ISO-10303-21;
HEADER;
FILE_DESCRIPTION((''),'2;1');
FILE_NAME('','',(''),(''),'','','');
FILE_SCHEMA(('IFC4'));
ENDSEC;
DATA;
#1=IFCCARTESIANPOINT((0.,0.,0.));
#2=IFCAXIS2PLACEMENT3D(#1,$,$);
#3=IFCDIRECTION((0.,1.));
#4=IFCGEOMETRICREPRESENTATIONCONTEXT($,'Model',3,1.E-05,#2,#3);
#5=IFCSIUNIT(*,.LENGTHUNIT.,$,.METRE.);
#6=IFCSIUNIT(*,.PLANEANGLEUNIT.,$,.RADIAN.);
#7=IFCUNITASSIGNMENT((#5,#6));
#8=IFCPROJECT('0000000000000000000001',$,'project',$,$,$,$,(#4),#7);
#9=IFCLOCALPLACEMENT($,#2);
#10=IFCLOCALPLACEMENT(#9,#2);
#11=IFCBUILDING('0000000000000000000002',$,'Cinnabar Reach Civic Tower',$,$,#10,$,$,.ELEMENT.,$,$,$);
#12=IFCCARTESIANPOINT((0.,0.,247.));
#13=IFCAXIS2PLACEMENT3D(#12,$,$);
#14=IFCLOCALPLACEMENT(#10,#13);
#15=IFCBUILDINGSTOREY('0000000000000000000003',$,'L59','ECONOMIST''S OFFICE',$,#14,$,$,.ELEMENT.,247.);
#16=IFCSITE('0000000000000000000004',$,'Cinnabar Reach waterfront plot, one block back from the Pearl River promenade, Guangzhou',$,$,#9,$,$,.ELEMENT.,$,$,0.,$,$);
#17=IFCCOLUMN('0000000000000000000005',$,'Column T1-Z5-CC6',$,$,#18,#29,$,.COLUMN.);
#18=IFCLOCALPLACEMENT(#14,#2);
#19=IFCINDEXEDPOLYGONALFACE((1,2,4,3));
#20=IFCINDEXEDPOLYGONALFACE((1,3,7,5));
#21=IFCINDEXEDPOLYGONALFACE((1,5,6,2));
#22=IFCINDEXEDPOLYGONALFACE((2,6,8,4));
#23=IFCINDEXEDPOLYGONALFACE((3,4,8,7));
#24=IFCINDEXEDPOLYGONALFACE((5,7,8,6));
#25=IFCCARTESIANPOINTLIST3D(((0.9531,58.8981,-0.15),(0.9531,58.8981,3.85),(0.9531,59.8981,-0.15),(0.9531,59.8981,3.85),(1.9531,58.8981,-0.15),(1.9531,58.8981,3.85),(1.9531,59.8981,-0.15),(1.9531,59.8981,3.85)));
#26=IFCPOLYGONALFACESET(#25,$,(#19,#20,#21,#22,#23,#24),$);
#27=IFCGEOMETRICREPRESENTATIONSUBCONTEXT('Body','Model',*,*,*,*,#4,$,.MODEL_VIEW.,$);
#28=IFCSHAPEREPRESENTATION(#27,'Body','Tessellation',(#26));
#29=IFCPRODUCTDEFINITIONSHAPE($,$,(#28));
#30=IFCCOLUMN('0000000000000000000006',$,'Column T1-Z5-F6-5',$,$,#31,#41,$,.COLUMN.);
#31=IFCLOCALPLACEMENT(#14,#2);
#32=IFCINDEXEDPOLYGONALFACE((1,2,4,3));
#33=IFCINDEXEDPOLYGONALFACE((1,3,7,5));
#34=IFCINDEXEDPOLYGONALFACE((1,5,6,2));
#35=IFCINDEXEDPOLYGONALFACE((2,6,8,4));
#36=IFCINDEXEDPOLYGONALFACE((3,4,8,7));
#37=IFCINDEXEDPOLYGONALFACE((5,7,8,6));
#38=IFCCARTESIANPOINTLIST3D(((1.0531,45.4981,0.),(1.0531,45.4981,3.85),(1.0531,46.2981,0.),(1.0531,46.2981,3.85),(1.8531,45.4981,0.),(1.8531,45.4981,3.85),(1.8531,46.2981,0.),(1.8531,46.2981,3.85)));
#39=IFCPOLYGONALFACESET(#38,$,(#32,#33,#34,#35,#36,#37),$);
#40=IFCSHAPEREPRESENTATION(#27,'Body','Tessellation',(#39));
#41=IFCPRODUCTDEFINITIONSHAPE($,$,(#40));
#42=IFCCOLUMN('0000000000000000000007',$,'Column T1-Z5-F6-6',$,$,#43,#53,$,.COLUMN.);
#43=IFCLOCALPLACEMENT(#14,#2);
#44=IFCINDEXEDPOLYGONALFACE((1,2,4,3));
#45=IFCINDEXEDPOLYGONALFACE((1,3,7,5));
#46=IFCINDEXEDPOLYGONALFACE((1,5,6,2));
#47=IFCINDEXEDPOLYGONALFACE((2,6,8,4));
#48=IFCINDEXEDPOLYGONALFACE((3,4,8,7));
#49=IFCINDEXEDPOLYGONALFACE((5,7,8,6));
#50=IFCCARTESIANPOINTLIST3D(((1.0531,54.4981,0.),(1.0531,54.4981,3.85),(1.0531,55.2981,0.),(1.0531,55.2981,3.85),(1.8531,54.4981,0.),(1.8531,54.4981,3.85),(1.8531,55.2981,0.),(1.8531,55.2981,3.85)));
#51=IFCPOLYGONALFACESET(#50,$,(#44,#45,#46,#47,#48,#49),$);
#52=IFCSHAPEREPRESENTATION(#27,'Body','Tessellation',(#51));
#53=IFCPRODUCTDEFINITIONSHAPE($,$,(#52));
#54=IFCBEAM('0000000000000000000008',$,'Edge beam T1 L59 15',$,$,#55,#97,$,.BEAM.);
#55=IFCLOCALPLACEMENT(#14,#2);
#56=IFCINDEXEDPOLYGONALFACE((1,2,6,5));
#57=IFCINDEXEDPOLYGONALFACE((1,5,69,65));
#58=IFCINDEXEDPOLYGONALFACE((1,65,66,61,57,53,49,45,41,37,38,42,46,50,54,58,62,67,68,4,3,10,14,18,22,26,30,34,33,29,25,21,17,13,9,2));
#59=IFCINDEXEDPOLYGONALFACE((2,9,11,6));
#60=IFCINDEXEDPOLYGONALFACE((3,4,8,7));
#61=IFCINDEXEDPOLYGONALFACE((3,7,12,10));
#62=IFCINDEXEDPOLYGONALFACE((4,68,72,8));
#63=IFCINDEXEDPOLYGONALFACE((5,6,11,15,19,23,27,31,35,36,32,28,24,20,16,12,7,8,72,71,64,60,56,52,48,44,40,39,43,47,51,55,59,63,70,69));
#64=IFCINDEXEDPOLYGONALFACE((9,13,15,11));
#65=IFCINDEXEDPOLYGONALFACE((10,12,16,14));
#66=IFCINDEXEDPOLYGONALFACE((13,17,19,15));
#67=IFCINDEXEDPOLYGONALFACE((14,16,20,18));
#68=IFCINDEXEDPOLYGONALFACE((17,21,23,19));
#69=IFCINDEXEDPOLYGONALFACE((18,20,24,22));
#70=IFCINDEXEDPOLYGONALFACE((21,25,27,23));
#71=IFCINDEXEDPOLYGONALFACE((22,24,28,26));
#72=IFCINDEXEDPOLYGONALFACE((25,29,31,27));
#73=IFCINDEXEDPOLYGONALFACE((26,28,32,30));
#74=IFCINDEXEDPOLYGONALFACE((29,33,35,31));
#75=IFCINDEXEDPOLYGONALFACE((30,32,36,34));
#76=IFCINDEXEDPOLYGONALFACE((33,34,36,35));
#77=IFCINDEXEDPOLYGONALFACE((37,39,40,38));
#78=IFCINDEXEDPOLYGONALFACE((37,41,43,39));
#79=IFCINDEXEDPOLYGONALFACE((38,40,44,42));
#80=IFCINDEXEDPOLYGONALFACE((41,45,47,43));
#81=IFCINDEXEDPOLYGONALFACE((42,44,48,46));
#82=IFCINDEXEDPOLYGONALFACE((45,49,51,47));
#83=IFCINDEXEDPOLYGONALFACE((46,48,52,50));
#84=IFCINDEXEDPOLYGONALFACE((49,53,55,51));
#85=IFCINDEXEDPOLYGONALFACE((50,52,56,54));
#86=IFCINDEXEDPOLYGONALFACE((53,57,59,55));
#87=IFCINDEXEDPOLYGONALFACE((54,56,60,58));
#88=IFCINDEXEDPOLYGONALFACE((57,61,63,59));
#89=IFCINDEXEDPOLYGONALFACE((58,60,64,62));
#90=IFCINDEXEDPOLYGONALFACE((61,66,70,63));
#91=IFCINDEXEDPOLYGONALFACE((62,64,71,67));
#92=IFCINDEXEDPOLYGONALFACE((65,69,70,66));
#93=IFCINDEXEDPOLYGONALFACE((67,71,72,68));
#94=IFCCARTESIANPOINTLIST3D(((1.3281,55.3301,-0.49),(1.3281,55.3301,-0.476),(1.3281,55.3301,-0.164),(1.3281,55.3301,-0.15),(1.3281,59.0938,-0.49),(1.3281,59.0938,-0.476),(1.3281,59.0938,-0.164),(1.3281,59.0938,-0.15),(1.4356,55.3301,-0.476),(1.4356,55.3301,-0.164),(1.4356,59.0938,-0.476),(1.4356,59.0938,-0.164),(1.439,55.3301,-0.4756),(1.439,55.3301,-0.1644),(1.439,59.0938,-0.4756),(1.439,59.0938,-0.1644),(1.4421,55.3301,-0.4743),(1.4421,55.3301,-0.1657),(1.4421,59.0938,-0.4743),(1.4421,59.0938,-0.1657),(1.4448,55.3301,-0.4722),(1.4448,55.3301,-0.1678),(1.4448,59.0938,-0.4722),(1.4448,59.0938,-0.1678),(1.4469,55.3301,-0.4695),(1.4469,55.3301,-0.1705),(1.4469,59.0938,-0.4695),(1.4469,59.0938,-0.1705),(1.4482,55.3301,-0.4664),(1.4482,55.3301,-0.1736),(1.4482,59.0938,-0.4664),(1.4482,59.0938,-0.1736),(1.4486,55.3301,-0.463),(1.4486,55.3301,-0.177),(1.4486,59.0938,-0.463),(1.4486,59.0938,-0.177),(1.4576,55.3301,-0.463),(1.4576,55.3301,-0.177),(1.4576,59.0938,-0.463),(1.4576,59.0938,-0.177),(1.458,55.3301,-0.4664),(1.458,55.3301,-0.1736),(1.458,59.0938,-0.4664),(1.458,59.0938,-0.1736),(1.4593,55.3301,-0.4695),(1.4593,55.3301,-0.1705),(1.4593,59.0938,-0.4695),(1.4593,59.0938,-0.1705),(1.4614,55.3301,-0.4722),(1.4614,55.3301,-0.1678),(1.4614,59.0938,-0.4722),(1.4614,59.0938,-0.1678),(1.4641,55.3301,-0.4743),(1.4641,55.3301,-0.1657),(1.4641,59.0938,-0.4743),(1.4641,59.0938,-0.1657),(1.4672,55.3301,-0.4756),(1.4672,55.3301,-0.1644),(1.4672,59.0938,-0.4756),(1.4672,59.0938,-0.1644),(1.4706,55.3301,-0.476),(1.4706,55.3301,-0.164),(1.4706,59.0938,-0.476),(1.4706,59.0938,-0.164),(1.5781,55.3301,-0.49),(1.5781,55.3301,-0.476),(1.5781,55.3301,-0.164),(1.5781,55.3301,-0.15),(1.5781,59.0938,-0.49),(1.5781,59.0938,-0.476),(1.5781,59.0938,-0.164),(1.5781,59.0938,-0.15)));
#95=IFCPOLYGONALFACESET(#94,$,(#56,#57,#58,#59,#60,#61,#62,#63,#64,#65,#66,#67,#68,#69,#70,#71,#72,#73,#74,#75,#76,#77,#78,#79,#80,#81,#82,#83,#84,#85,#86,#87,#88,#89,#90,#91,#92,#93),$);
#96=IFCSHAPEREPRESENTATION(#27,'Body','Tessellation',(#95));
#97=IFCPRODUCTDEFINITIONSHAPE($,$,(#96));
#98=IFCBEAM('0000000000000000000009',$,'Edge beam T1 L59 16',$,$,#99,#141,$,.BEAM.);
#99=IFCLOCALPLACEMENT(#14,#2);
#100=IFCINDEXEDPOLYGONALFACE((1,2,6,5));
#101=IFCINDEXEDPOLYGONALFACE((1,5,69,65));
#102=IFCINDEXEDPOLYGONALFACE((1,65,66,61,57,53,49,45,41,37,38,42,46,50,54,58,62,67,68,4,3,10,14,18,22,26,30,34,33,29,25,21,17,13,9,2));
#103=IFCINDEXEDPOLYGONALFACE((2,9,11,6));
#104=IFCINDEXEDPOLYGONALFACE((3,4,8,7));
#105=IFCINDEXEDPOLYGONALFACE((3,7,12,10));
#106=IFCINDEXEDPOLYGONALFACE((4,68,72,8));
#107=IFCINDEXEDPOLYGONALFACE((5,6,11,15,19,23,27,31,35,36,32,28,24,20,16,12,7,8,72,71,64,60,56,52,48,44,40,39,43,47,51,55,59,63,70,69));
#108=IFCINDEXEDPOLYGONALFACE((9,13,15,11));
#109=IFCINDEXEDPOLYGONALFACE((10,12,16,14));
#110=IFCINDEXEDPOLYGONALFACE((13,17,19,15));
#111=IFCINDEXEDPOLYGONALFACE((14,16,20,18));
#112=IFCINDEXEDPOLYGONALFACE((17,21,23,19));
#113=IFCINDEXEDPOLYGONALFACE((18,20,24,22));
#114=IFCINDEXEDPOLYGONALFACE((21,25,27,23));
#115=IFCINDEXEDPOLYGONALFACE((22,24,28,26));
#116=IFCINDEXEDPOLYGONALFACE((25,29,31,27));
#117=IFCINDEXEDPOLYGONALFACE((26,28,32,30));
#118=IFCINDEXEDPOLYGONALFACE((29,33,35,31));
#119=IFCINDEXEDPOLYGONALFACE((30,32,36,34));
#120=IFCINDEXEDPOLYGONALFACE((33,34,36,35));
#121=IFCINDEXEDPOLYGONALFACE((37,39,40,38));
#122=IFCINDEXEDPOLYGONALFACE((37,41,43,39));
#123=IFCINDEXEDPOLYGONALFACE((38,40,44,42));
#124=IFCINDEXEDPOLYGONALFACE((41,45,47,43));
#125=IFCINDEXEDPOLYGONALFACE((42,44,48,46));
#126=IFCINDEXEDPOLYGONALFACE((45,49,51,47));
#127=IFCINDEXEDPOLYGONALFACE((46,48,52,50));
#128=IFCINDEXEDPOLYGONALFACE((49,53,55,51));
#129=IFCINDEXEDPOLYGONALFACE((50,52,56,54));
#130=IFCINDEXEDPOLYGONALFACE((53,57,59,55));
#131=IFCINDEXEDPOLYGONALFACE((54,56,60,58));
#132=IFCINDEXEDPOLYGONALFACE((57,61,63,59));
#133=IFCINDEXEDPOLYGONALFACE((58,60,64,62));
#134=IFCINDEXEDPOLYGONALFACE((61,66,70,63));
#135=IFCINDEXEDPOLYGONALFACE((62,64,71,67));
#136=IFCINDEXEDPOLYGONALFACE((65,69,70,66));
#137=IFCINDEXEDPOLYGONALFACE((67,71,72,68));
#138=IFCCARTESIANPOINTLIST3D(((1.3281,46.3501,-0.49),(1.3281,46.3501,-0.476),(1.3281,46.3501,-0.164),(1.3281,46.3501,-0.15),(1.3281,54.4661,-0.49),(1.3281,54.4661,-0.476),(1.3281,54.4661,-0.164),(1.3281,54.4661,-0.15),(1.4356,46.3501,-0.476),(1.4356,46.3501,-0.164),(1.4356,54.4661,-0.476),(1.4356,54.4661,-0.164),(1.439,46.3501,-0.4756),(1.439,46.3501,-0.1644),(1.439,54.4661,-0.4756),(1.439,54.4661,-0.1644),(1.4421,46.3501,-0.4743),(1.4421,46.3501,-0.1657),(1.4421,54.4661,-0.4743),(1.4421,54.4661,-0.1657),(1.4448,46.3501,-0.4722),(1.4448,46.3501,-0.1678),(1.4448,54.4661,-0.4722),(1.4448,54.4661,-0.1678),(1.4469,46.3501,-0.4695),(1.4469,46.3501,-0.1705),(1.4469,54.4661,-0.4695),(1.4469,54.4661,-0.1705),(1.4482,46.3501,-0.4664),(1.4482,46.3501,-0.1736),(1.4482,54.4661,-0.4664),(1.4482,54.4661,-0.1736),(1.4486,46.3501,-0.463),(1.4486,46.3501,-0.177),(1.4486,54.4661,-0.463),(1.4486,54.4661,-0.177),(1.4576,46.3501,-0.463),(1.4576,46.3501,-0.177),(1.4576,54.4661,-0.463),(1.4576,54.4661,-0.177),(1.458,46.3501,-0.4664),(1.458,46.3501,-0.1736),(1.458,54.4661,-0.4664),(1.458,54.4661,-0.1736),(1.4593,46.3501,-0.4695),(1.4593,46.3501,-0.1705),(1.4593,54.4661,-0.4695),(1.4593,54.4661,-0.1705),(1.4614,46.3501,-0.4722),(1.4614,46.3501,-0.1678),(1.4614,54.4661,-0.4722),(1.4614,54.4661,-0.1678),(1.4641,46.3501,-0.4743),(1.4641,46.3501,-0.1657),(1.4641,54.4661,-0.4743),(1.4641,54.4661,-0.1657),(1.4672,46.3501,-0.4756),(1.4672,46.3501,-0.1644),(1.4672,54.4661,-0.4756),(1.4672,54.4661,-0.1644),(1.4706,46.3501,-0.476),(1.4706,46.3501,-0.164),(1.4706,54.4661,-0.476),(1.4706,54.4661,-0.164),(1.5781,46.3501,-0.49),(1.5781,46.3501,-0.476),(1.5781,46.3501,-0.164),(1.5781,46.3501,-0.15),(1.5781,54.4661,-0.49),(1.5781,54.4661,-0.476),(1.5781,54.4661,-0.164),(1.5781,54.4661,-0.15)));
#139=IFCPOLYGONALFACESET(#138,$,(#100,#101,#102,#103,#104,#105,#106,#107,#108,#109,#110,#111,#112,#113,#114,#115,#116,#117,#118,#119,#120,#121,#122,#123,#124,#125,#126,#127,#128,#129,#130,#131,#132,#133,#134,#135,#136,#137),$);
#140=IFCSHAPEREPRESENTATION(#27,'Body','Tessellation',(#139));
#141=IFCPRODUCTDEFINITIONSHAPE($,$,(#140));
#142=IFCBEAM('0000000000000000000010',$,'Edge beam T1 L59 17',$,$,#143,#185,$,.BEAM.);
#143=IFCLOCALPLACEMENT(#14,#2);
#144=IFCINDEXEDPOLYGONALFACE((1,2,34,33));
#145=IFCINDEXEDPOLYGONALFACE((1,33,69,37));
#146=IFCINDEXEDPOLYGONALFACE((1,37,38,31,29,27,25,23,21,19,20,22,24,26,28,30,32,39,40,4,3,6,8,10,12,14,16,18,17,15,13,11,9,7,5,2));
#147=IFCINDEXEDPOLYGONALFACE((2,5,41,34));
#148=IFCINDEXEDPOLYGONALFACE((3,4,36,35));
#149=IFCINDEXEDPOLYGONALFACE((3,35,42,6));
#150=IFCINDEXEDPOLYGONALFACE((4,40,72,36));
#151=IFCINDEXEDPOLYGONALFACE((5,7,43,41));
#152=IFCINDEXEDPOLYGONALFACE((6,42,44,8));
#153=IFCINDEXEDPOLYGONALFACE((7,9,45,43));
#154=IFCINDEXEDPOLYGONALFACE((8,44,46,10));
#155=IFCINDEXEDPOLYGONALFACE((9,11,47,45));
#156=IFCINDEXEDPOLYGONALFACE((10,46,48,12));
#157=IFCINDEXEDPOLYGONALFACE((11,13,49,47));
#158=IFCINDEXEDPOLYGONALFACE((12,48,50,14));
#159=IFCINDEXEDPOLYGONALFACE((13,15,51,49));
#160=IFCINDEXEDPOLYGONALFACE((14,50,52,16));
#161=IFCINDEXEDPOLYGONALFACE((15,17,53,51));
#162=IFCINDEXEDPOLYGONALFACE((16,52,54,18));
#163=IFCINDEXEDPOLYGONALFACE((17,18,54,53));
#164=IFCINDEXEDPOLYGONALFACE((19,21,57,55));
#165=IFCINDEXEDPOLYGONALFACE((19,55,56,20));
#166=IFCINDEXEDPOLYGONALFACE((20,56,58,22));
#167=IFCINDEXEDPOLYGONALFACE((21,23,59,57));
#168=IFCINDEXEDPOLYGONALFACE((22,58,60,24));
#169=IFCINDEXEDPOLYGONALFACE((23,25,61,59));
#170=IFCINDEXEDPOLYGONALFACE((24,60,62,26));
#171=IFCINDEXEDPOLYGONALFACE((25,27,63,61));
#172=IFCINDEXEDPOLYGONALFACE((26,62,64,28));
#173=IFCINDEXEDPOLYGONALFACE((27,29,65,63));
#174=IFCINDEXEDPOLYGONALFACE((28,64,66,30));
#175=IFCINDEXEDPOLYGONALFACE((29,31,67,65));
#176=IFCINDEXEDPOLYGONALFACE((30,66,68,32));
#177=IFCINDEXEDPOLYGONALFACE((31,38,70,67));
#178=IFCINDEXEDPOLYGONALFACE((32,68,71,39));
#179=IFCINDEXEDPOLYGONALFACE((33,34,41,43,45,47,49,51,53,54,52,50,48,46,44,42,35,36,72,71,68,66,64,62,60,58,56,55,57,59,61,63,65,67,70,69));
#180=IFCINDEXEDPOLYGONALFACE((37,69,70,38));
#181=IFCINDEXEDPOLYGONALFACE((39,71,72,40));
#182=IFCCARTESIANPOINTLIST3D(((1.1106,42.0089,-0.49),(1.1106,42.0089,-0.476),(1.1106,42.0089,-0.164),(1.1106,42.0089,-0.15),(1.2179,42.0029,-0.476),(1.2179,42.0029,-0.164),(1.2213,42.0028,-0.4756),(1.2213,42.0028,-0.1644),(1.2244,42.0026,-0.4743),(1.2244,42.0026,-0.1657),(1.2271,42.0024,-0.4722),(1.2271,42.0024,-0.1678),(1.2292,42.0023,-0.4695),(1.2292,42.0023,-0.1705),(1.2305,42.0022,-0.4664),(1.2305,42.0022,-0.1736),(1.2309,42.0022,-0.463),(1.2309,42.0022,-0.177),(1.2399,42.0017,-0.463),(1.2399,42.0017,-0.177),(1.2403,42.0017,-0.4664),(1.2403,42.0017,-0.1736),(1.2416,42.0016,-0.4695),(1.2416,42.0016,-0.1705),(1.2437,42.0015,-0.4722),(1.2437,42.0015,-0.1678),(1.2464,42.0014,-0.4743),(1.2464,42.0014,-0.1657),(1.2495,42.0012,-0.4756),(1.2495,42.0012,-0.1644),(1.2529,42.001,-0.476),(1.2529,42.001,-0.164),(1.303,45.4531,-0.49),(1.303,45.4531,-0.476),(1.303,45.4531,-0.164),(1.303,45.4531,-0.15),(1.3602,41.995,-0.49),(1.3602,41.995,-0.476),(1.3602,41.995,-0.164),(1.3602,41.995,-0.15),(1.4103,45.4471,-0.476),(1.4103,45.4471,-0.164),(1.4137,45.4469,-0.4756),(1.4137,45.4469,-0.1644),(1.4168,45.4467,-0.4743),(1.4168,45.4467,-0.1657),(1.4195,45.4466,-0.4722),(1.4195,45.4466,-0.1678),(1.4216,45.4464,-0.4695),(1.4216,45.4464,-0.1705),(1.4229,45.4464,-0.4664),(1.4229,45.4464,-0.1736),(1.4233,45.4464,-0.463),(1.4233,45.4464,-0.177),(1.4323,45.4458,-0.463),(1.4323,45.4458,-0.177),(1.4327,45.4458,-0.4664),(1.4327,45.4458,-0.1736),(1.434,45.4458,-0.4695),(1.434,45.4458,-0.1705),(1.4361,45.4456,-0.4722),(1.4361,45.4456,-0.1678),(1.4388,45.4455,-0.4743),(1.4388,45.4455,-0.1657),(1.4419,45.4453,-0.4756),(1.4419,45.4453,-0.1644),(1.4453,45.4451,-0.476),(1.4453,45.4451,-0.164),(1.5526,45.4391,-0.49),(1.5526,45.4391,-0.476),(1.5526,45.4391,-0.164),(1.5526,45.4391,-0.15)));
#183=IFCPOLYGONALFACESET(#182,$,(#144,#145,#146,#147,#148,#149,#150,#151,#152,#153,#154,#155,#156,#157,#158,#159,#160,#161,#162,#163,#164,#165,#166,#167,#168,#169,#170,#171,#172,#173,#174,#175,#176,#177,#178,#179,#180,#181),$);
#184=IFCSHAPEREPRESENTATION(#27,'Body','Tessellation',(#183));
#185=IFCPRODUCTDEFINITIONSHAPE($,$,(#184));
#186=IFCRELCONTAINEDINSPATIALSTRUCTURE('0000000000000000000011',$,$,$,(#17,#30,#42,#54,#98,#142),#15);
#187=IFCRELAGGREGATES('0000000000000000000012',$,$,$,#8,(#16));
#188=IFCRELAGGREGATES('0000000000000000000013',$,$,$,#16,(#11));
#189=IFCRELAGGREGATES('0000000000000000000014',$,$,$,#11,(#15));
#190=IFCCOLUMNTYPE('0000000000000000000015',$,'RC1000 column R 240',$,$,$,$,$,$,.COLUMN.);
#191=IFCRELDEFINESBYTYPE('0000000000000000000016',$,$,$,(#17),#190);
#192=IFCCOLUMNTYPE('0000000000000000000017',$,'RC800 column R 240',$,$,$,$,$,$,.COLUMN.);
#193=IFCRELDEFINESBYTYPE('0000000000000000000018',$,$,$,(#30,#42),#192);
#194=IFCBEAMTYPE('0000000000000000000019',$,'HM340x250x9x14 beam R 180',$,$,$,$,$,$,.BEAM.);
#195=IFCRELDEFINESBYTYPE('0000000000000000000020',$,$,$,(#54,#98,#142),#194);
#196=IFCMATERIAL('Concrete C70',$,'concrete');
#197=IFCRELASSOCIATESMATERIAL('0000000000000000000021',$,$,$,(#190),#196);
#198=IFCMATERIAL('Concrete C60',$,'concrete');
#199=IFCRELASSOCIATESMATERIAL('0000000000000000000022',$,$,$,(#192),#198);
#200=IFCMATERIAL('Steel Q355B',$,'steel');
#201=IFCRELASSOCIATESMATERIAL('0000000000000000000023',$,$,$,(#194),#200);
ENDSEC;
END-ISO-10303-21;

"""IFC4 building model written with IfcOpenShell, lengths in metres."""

from ifc_helpers import new_model, si_unit, direction, frame, origin, origin_2d, place, context, subcontext, project, spatial, rectangle, i_section, extrude, material, material_profile, profile_set, type_object, element, save


model = new_model("IFC4")

# Units and contexts
model_context = context("Model", 3, precision=1e-05, world=origin(), true_north=direction((0.0, 1.0)))
body_context = subcontext(model_context, "Body", "Model", "MODEL_VIEW")
ifc_project = project(units=[si_unit("LENGTHUNIT", "METRE"), si_unit("PLANEANGLEUNIT", "RADIAN")], contexts=[model_context])

# Site, building, storey
site_placement = place(None, origin())
site = spatial("IfcSite", under=ifc_project, at=site_placement, Name="Cinnabar Reach waterfront plot, one block back from the Pearl River promenade, Guangzhou", CompositionType="ELEMENT", RefElevation=0.0)
building_placement = place(site_placement, origin())
building = spatial("IfcBuilding", under=site, at=building_placement, Name="Cinnabar Reach Civic Tower", CompositionType="ELEMENT")
storey_placement = place(building_placement, frame((0.0, 0.0, 247.0)))
storey = spatial("IfcBuildingStorey", under=building, at=storey_placement, Name="L59", Description="ECONOMIST'S OFFICE", CompositionType="ELEMENT", Elevation=247.0)

# Columns
ifc_material_1 = material(Name="Concrete C70", Category="concrete")
ifc_material_profile_1 = material_profile(ifc_material_1, rectangle(XDim=1.0, YDim=1.0, at=origin_2d()), Name="RC1000")
ifc_profile_set_1 = profile_set([ifc_material_profile_1], Name="Concrete C70")
column_type_1 = type_object("IfcColumnType", Name="RC1000 column R 240", PredefinedType="COLUMN", material=ifc_profile_set_1)
column_placement = place(storey_placement, frame((1.4531, 59.3981, -0.15), z_axis=(0.0, 0.0, 1.0), x_axis=(1.0, 0.0, 0.0)))
element("IfcColumn", 1, at=column_placement, inside=storey, type_object=column_type_1, Name="Column T1-Z5-CC6", PredefinedType="COLUMN", context=body_context, shape_type="SweptSolid", body=[
    extrude(rectangle(XDim=1.0, YDim=1.0, at=origin_2d()), origin(), (0.0, 0.0, 1.0), 4.0),
])
ifc_material_2 = material(Name="Concrete C60", Category="concrete")
ifc_material_profile_2 = material_profile(ifc_material_2, rectangle(XDim=0.8, YDim=0.8, at=origin_2d()), Name="RC800")
ifc_profile_set_2 = profile_set([ifc_material_profile_2], Name="Concrete C60")
column_type_2 = type_object("IfcColumnType", Name="RC800 column R 240", PredefinedType="COLUMN", material=ifc_profile_set_2)
for number, where, z_axis, x_axis, name in (
    (2, (1.4531, 45.8981, 0.0), (0.0, 0.0, 1.0), (1.0, 0.0, 0.0), "Column T1-Z5-F6-5"),
    (3, (1.4531, 54.8981, 0.0), (0.0, 0.0, 1.0), (1.0, 0.0, 0.0), "Column T1-Z5-F6-6"),
):
    element("IfcColumn", number, at=place(storey_placement, frame(where, z_axis=z_axis, x_axis=x_axis)), inside=storey, type_object=column_type_2, Name=name, PredefinedType="COLUMN", context=body_context, shape_type="SweptSolid", body=[
        extrude(rectangle(XDim=0.8, YDim=0.8, at=origin_2d()), origin(), (0.0, 0.0, 1.0), 3.85),
    ])

# Beams
ifc_material_3 = material(Name="Steel Q355B", Category="steel")
ifc_material_profile_3 = material_profile(ifc_material_3, i_section(OverallWidth=0.25, OverallDepth=0.34, WebThickness=0.009, FlangeThickness=0.014, FilletRadius=0.013, at=origin_2d()), Name="HM340x250x9x14")
ifc_profile_set_3 = profile_set([ifc_material_profile_3], Name="Steel Q355B")
beam_type_1 = type_object("IfcBeamType", Name="HM340x250x9x14 beam R 180", PredefinedType="BEAM", material=ifc_profile_set_3)
beam_1_placement = place(storey_placement, frame((1.4531, 59.0938, -0.32), z_axis=(0.0, -1.0, 0.0), x_axis=(1.0, 0.0, 0.0)))
element("IfcBeam", 4, at=beam_1_placement, inside=storey, type_object=beam_type_1, Name="Edge beam T1 L59 15", PredefinedType="BEAM", context=body_context, shape_type="SweptSolid", body=[
    extrude(i_section(OverallWidth=0.25, OverallDepth=0.34, WebThickness=0.009, FlangeThickness=0.014, FilletRadius=0.013, at=origin_2d()), origin(), (0.0, 0.0, 1.0), 3.7637),
])
beam_2_placement = place(storey_placement, frame((1.4531, 54.4661, -0.32), z_axis=(0.0, -1.0, 0.0), x_axis=(1.0, 0.0, 0.0)))
element("IfcBeam", 5, at=beam_2_placement, inside=storey, type_object=beam_type_1, Name="Edge beam T1 L59 16", PredefinedType="BEAM", context=body_context, shape_type="SweptSolid", body=[
    extrude(i_section(OverallWidth=0.25, OverallDepth=0.34, WebThickness=0.009, FlangeThickness=0.014, FilletRadius=0.013, at=origin_2d()), origin(), (0.0, 0.0, 1.0), 8.116),
])
beam_3_placement = place(storey_placement, frame((1.4278, 45.4461, -0.32), z_axis=(-0.055777, -0.998443, 0.0), x_axis=(0.998443, -0.055777, 0.0)))
element("IfcBeam", 6, at=beam_3_placement, inside=storey, type_object=beam_type_1, Name="Edge beam T1 L59 17", PredefinedType="BEAM", context=body_context, shape_type="SweptSolid", body=[
    extrude(i_section(OverallWidth=0.25, OverallDepth=0.34, WebThickness=0.009, FlangeThickness=0.014, FilletRadius=0.013, at=origin_2d()), origin(), (0.0, 0.0, 1.0), 3.4495),
])

save(model, "model.ifc")
